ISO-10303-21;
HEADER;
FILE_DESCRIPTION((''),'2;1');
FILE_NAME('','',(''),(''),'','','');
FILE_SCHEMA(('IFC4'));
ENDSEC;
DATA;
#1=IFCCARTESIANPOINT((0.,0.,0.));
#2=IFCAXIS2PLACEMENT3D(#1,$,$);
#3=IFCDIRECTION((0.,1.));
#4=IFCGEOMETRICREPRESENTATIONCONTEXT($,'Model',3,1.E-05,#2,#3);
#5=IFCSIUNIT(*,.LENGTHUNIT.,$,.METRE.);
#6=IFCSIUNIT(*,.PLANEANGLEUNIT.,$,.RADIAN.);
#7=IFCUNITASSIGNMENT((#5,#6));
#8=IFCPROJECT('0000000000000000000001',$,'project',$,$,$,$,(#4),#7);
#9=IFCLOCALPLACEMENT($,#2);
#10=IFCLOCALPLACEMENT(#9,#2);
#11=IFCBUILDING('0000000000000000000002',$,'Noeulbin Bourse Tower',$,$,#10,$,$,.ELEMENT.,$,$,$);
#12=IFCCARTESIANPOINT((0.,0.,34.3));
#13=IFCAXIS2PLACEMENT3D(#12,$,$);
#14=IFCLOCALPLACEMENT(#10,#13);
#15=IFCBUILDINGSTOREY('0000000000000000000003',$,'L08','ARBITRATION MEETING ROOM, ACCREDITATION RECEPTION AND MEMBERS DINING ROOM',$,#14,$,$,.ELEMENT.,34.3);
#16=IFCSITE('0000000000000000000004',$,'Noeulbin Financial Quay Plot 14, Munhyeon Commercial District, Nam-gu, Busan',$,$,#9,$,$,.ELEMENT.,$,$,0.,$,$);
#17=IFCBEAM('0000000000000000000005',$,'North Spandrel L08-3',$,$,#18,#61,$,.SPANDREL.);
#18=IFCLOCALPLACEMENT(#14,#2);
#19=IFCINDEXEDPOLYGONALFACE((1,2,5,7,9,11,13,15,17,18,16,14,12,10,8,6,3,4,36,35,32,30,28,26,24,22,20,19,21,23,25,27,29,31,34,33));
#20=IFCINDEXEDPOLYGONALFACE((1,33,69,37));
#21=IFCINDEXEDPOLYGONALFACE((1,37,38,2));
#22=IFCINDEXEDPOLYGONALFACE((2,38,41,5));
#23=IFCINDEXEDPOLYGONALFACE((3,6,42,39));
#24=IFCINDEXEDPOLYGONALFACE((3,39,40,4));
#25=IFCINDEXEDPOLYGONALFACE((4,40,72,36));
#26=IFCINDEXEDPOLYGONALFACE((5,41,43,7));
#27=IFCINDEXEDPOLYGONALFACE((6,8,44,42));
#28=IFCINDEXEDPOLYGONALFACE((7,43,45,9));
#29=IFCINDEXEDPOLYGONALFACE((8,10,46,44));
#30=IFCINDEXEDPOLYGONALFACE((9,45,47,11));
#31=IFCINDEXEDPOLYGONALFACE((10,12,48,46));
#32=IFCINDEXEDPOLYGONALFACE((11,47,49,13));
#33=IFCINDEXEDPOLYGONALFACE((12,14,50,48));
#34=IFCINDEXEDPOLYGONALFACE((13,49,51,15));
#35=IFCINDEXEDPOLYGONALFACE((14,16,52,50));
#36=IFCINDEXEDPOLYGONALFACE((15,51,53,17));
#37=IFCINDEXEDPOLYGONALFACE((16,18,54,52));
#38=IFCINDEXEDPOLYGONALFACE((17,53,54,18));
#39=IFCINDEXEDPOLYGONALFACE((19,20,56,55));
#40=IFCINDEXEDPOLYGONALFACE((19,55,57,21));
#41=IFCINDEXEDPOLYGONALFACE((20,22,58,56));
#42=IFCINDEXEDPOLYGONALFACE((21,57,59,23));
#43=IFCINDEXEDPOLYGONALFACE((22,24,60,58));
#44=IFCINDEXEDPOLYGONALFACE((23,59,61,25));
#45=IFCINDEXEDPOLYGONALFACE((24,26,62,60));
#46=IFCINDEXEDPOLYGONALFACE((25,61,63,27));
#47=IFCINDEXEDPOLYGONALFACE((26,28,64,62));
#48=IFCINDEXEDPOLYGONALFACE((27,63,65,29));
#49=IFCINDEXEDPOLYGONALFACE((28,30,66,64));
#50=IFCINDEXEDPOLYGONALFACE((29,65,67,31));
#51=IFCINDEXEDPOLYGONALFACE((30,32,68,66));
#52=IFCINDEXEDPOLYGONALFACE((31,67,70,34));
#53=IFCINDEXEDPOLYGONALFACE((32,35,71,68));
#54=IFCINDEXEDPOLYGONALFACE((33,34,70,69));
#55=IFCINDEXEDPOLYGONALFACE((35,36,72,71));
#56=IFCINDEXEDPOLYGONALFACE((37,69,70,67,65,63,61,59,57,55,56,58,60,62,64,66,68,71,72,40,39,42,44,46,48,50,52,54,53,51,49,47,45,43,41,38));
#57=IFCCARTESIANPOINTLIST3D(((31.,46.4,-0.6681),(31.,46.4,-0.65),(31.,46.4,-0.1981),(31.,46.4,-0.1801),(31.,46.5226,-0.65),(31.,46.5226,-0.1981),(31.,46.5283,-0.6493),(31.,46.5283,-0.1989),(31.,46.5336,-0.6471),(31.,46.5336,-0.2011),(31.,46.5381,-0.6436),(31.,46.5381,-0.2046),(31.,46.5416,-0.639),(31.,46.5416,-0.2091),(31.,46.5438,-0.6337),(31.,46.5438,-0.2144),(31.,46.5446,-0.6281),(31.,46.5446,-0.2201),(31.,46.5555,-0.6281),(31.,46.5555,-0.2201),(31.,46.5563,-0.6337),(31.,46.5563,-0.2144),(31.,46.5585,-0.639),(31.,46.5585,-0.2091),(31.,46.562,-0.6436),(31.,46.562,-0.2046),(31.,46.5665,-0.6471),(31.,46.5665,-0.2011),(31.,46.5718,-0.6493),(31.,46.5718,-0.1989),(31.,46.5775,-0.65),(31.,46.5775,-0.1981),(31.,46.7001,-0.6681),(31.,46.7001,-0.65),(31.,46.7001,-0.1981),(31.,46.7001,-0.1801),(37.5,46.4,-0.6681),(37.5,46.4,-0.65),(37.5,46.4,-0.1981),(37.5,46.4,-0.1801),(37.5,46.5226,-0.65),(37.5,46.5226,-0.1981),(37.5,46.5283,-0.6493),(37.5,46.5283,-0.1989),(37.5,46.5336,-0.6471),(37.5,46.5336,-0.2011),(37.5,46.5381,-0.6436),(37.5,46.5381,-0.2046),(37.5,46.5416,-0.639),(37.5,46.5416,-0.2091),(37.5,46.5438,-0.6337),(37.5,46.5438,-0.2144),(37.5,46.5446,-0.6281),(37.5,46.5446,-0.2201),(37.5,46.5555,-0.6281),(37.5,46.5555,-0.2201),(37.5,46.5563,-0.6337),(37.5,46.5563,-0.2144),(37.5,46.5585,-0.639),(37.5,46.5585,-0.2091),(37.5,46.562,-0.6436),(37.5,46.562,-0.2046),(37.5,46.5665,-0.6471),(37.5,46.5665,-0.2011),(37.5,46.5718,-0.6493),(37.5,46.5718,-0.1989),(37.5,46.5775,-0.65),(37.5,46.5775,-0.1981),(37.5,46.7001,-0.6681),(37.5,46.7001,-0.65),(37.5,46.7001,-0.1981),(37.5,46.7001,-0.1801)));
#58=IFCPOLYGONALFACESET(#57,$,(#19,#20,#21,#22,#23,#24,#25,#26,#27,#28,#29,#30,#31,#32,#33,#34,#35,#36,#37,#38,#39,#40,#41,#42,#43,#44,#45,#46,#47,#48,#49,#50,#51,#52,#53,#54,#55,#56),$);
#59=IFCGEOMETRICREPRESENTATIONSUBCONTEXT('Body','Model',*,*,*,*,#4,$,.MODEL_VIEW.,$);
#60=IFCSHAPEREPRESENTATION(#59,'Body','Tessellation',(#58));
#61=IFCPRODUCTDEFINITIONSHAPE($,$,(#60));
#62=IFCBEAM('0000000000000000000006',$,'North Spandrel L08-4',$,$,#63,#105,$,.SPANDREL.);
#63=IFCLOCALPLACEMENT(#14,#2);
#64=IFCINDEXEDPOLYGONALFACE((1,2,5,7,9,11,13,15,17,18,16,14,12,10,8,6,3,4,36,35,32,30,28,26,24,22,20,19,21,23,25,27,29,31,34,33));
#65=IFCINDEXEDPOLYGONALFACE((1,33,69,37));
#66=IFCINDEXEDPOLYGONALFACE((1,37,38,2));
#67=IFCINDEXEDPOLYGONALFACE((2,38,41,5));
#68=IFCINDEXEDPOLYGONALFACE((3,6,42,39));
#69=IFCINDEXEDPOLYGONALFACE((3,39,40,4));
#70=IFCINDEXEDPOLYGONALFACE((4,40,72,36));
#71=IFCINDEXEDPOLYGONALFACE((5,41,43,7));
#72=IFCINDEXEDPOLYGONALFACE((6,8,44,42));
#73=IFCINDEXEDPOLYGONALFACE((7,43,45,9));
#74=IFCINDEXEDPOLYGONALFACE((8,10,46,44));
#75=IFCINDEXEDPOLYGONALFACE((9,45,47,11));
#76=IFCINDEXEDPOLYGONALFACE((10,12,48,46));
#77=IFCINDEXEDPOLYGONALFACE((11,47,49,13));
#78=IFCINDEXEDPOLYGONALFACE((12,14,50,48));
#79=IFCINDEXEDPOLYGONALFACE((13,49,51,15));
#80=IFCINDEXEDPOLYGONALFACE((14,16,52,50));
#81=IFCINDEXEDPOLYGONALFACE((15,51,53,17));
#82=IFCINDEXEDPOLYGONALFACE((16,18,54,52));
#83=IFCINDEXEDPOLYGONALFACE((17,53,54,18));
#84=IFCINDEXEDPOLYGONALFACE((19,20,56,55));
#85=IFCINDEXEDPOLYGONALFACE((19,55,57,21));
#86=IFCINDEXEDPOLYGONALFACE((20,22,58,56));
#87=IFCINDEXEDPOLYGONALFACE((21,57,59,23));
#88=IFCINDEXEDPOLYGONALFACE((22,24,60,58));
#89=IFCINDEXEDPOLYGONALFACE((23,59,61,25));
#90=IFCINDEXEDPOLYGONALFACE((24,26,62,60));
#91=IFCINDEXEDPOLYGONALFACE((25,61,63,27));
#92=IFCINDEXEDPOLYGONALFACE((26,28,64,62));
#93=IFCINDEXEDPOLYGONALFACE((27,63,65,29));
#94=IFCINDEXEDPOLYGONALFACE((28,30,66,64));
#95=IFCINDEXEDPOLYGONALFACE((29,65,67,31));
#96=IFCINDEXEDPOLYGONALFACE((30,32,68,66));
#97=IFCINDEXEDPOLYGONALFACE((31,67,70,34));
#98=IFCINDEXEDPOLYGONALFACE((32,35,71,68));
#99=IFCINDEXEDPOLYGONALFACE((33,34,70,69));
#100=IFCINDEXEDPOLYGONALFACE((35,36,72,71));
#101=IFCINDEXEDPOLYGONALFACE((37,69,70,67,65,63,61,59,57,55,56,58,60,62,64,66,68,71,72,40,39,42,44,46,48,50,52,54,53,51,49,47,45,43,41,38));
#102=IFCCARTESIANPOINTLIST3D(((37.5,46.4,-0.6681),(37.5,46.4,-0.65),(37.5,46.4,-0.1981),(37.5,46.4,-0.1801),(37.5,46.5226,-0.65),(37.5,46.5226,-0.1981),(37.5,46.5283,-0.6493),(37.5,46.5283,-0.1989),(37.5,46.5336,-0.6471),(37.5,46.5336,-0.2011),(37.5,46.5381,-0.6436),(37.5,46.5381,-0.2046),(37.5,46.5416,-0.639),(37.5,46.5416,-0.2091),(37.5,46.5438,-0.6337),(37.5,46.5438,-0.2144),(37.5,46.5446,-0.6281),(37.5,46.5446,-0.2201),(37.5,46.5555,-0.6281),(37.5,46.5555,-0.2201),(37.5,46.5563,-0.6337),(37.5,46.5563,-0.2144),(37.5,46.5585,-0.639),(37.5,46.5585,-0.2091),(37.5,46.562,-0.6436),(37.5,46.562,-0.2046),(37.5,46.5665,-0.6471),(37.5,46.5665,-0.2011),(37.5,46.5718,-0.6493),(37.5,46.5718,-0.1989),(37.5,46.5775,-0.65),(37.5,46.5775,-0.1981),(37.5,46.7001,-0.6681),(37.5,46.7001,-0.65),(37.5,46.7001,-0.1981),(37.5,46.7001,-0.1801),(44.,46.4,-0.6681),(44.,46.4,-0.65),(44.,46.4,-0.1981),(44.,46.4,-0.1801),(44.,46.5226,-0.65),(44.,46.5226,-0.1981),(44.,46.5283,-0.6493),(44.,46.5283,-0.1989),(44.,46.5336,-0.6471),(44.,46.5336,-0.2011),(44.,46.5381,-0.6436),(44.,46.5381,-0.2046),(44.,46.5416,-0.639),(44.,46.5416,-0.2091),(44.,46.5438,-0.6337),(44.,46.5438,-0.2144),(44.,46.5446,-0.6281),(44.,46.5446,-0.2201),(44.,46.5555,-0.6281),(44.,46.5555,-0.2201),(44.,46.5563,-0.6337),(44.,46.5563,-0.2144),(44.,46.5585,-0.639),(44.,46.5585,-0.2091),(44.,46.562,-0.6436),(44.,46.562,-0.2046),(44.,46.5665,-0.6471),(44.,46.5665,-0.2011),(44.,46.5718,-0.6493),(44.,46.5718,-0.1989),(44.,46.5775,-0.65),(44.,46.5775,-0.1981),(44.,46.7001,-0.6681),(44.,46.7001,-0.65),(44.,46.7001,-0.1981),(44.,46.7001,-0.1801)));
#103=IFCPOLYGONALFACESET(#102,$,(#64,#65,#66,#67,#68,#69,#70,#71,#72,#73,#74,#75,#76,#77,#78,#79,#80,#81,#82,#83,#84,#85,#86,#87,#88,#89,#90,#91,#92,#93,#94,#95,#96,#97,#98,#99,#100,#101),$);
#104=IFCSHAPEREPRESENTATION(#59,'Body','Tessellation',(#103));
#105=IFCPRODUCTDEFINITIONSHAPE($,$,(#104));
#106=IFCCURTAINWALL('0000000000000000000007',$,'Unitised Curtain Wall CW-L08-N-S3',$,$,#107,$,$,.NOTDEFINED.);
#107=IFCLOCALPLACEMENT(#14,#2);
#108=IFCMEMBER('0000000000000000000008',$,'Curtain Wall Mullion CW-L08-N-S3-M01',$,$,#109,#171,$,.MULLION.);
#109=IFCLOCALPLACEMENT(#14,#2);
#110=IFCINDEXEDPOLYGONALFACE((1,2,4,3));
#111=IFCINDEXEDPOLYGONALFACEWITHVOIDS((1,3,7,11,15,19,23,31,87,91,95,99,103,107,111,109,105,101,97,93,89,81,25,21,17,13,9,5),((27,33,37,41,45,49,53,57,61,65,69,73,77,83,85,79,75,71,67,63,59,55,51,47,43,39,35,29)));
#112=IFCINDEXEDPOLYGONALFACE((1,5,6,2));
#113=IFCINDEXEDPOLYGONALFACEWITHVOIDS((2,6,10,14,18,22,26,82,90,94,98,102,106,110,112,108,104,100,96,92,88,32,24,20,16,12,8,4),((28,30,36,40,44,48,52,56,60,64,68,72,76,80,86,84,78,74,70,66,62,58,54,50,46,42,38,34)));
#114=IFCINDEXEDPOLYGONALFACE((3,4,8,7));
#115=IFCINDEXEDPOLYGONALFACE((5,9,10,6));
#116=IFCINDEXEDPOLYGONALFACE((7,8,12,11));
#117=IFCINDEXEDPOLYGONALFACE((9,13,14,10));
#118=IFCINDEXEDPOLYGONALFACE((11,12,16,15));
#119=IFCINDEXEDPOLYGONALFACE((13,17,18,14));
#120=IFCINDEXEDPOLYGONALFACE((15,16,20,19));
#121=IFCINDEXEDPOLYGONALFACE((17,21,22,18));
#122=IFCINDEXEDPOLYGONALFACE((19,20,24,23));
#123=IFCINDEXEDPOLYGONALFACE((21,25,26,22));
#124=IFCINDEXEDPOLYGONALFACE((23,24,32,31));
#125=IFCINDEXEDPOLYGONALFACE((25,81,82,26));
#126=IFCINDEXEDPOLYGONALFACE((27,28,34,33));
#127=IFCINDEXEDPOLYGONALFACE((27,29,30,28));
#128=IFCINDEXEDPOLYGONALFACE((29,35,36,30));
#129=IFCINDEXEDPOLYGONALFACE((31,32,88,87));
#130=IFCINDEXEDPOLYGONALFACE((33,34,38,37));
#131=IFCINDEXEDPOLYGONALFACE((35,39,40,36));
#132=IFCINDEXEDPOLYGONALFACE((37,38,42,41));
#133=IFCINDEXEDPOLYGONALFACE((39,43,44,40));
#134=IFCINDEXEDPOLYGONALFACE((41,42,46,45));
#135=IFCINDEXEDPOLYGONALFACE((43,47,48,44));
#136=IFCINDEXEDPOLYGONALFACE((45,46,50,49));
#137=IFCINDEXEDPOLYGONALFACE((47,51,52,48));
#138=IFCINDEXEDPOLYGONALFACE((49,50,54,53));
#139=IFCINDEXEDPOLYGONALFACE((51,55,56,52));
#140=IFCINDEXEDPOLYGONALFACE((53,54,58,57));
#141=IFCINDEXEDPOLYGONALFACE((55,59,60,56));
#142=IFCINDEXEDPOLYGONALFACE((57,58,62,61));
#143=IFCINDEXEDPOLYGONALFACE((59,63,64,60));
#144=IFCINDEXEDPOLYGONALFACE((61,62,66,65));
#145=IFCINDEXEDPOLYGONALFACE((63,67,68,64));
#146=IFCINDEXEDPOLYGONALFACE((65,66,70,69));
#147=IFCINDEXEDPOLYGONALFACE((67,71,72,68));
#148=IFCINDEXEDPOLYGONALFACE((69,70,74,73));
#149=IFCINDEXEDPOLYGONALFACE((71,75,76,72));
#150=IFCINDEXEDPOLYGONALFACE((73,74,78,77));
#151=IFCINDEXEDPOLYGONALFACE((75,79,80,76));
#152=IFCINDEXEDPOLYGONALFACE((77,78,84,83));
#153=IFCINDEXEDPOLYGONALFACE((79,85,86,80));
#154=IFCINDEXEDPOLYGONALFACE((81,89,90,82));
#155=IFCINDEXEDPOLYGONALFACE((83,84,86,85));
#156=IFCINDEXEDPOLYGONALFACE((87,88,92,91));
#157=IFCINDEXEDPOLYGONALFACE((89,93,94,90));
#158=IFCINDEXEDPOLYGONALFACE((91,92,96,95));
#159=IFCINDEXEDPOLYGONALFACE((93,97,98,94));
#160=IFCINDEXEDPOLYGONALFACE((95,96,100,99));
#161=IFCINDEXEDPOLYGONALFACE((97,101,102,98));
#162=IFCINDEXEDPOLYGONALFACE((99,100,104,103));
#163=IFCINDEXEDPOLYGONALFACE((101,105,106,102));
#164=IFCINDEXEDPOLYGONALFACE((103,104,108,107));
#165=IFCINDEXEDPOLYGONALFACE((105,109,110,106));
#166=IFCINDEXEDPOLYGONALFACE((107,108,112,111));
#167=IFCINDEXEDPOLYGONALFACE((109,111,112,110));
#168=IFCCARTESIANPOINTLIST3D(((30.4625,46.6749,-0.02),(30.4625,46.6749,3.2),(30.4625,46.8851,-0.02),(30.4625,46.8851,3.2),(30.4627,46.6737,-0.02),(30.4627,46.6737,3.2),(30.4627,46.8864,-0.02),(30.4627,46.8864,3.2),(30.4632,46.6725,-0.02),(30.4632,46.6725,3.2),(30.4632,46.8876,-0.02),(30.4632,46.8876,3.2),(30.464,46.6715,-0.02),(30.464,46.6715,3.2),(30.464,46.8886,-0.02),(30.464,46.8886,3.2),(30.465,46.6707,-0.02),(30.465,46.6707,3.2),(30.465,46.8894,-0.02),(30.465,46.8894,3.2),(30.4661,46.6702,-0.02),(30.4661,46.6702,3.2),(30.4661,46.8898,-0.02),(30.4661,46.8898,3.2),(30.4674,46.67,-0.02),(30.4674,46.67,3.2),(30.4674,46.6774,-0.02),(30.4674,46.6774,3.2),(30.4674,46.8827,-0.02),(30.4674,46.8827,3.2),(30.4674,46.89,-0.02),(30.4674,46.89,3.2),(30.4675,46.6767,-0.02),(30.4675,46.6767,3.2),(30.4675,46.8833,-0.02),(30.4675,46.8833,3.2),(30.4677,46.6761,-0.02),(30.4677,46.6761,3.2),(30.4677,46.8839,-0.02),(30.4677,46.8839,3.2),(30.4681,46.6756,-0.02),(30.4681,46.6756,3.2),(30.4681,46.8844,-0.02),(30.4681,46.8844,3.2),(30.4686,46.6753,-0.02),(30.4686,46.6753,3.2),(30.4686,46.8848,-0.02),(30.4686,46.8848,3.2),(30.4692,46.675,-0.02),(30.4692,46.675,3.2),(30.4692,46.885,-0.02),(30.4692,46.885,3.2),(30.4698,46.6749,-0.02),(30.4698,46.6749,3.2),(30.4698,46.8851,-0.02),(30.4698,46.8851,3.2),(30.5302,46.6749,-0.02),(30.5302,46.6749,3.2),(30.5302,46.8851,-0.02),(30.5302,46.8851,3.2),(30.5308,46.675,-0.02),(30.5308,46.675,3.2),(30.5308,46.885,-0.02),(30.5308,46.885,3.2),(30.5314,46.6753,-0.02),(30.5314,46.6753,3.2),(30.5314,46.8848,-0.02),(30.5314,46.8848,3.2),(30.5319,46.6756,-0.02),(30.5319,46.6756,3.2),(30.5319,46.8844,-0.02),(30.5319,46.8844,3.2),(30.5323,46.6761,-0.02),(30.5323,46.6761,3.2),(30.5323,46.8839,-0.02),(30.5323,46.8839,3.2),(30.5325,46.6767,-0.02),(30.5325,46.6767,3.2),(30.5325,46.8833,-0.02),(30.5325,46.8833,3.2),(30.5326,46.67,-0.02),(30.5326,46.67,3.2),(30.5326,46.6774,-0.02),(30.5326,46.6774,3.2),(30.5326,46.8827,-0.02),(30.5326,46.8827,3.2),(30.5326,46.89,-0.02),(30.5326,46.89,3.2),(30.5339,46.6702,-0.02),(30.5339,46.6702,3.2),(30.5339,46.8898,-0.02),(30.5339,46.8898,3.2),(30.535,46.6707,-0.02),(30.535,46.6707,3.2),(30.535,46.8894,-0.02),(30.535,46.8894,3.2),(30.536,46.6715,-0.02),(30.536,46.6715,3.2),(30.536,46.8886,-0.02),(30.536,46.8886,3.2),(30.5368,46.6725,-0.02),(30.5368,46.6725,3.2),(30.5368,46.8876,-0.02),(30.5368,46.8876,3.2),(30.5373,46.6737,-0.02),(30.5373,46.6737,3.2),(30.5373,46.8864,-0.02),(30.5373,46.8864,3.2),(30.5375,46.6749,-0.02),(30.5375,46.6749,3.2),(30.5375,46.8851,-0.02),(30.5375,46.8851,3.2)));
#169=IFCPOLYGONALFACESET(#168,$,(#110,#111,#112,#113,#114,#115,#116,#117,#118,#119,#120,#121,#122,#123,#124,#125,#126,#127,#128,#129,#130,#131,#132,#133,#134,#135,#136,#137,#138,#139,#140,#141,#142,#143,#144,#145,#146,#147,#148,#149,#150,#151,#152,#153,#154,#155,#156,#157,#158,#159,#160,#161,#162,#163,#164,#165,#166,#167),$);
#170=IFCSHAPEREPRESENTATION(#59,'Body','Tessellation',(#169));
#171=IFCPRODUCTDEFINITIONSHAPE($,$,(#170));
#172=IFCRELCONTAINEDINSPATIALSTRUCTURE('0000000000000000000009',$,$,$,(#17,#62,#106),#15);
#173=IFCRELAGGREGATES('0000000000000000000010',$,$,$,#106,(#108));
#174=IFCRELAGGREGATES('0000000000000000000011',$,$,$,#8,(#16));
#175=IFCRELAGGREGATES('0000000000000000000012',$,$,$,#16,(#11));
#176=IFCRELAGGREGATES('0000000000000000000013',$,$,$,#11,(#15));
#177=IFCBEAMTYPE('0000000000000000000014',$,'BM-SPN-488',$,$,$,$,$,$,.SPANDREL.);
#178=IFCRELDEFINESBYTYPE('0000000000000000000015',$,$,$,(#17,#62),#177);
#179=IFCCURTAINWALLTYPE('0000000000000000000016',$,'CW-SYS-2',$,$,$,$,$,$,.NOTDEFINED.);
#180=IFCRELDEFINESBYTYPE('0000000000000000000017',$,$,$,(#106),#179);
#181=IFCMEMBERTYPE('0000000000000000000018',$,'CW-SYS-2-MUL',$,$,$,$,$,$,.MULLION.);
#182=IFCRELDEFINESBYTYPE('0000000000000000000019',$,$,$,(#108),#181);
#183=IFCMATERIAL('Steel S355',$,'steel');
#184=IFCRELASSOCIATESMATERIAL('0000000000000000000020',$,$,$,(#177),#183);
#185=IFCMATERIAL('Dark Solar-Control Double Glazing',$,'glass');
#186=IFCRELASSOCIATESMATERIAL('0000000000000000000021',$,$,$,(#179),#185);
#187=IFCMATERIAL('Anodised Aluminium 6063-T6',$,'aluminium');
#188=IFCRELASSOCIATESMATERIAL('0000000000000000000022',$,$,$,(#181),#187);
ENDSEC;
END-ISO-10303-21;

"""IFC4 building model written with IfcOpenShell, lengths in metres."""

from ifc_helpers import new_model, si_unit, direction, frame, origin, origin_2d, place, context, subcontext, project, spatial, hollow_rectangle, i_section, extrude, material, material_profile, profile_set, type_object, element, aggregate, save


model = new_model("IFC4")

# Units and contexts
model_context = context("Model", 3, precision=1e-05, world=origin(), true_north=direction((0.0, 1.0)))
body_context = subcontext(model_context, "Body", "Model", "MODEL_VIEW")
ifc_project = project(units=[si_unit("LENGTHUNIT", "METRE"), si_unit("PLANEANGLEUNIT", "RADIAN")], contexts=[model_context])

# Site, building, storey
site_placement = place(None, origin())
site = spatial("IfcSite", under=ifc_project, at=site_placement, Name="Noeulbin Financial Quay Plot 14, Munhyeon Commercial District, Nam-gu, Busan", CompositionType="ELEMENT", RefElevation=0.0)
building_placement = place(site_placement, origin())
building = spatial("IfcBuilding", under=site, at=building_placement, Name="Noeulbin Bourse Tower", CompositionType="ELEMENT")
storey_placement = place(building_placement, frame((0.0, 0.0, 34.3)))
storey = spatial("IfcBuildingStorey", under=building, at=storey_placement, Name="L08", Description="ARBITRATION MEETING ROOM, ACCREDITATION RECEPTION AND MEMBERS DINING ROOM", CompositionType="ELEMENT", Elevation=34.3)

# Beams
ifc_material_1 = material(Name="Steel S355", Category="steel")
ifc_material_profile_1 = material_profile(ifc_material_1, i_section(OverallWidth=0.3, OverallDepth=0.488, WebThickness=0.011, FlangeThickness=0.0181, FilletRadius=0.022, at=origin_2d()), Name="H-488x300x11x18", Category="LoadBearing")
ifc_profile_set_1 = profile_set([ifc_material_profile_1], Name="Steel S355")
beam_type_1 = type_object("IfcBeamType", Name="BM-SPN-488", PredefinedType="SPANDREL", material=ifc_profile_set_1)
for number, where, z_axis, x_axis, name in (
    (1, (31.0, 46.55, -0.4241), (1.0, 0.0, 0.0), (0.0, 1.0, 0.0), "North Spandrel L08-3"),
    (2, (37.5, 46.55, -0.4241), (1.0, 0.0, 0.0), (0.0, 1.0, 0.0), "North Spandrel L08-4"),
):
    element("IfcBeam", number, at=place(storey_placement, frame(where, z_axis=z_axis, x_axis=x_axis)), inside=storey, type_object=beam_type_1, Name=name, PredefinedType="SPANDREL", context=body_context, shape_type="SweptSolid", body=[
        extrude(i_section(OverallWidth=0.3, OverallDepth=0.488, WebThickness=0.011, FlangeThickness=0.0181, FilletRadius=0.022, at=origin_2d()), origin(), (0.0, 0.0, 1.0), 6.5),
    ])

# Curtain wall, member
ifc_material_2 = material(Name="Dark Solar-Control Double Glazing", Category="glass")
curtain_wall_type = type_object("IfcCurtainWallType", Name="CW-SYS-2", PredefinedType="NOTDEFINED", material=ifc_material_2)
curtain_wall_1_placement = place(storey_placement, origin())
curtain_wall_1 = element("IfcCurtainWall", 3, at=curtain_wall_1_placement, inside=storey, type_object=curtain_wall_type, Name="Unitised Curtain Wall CW-L08-N-S3", PredefinedType="NOTDEFINED")
ifc_material_3 = material(Name="Anodised Aluminium 6063-T6", Category="aluminium")
ifc_material_profile_2 = material_profile(ifc_material_3, hollow_rectangle(XDim=0.075, YDim=0.22, WallThickness=0.0049, InnerFilletRadius=0.0024, OuterFilletRadius=0.0049, at=origin_2d()), Name="ALU-MULL-75x220x5", Category="LoadBearing")
ifc_profile_set_2 = profile_set([ifc_material_profile_2], Name="Anodised Aluminium 6063-T6")
member_type_1 = type_object("IfcMemberType", Name="CW-SYS-2-MUL", PredefinedType="MULLION", material=ifc_profile_set_2)
member_1_placement = place(storey_placement, frame((30.5, 46.78, -0.02), z_axis=(0.0, 0.0, 1.0), x_axis=(1.0, 0.0, 0.0)))
member_1 = element("IfcMember", 4, at=member_1_placement, type_object=member_type_1, Name="Curtain Wall Mullion CW-L08-N-S3-M01", PredefinedType="MULLION", context=body_context, shape_type="SweptSolid", body=[
    extrude(hollow_rectangle(XDim=0.075, YDim=0.22, WallThickness=0.0049, InnerFilletRadius=0.0024, OuterFilletRadius=0.0049, at=origin_2d()), origin(), (0.0, 0.0, 1.0), 3.22),
])
aggregate(curtain_wall_1, [member_1])

save(model, "model.ifc")
